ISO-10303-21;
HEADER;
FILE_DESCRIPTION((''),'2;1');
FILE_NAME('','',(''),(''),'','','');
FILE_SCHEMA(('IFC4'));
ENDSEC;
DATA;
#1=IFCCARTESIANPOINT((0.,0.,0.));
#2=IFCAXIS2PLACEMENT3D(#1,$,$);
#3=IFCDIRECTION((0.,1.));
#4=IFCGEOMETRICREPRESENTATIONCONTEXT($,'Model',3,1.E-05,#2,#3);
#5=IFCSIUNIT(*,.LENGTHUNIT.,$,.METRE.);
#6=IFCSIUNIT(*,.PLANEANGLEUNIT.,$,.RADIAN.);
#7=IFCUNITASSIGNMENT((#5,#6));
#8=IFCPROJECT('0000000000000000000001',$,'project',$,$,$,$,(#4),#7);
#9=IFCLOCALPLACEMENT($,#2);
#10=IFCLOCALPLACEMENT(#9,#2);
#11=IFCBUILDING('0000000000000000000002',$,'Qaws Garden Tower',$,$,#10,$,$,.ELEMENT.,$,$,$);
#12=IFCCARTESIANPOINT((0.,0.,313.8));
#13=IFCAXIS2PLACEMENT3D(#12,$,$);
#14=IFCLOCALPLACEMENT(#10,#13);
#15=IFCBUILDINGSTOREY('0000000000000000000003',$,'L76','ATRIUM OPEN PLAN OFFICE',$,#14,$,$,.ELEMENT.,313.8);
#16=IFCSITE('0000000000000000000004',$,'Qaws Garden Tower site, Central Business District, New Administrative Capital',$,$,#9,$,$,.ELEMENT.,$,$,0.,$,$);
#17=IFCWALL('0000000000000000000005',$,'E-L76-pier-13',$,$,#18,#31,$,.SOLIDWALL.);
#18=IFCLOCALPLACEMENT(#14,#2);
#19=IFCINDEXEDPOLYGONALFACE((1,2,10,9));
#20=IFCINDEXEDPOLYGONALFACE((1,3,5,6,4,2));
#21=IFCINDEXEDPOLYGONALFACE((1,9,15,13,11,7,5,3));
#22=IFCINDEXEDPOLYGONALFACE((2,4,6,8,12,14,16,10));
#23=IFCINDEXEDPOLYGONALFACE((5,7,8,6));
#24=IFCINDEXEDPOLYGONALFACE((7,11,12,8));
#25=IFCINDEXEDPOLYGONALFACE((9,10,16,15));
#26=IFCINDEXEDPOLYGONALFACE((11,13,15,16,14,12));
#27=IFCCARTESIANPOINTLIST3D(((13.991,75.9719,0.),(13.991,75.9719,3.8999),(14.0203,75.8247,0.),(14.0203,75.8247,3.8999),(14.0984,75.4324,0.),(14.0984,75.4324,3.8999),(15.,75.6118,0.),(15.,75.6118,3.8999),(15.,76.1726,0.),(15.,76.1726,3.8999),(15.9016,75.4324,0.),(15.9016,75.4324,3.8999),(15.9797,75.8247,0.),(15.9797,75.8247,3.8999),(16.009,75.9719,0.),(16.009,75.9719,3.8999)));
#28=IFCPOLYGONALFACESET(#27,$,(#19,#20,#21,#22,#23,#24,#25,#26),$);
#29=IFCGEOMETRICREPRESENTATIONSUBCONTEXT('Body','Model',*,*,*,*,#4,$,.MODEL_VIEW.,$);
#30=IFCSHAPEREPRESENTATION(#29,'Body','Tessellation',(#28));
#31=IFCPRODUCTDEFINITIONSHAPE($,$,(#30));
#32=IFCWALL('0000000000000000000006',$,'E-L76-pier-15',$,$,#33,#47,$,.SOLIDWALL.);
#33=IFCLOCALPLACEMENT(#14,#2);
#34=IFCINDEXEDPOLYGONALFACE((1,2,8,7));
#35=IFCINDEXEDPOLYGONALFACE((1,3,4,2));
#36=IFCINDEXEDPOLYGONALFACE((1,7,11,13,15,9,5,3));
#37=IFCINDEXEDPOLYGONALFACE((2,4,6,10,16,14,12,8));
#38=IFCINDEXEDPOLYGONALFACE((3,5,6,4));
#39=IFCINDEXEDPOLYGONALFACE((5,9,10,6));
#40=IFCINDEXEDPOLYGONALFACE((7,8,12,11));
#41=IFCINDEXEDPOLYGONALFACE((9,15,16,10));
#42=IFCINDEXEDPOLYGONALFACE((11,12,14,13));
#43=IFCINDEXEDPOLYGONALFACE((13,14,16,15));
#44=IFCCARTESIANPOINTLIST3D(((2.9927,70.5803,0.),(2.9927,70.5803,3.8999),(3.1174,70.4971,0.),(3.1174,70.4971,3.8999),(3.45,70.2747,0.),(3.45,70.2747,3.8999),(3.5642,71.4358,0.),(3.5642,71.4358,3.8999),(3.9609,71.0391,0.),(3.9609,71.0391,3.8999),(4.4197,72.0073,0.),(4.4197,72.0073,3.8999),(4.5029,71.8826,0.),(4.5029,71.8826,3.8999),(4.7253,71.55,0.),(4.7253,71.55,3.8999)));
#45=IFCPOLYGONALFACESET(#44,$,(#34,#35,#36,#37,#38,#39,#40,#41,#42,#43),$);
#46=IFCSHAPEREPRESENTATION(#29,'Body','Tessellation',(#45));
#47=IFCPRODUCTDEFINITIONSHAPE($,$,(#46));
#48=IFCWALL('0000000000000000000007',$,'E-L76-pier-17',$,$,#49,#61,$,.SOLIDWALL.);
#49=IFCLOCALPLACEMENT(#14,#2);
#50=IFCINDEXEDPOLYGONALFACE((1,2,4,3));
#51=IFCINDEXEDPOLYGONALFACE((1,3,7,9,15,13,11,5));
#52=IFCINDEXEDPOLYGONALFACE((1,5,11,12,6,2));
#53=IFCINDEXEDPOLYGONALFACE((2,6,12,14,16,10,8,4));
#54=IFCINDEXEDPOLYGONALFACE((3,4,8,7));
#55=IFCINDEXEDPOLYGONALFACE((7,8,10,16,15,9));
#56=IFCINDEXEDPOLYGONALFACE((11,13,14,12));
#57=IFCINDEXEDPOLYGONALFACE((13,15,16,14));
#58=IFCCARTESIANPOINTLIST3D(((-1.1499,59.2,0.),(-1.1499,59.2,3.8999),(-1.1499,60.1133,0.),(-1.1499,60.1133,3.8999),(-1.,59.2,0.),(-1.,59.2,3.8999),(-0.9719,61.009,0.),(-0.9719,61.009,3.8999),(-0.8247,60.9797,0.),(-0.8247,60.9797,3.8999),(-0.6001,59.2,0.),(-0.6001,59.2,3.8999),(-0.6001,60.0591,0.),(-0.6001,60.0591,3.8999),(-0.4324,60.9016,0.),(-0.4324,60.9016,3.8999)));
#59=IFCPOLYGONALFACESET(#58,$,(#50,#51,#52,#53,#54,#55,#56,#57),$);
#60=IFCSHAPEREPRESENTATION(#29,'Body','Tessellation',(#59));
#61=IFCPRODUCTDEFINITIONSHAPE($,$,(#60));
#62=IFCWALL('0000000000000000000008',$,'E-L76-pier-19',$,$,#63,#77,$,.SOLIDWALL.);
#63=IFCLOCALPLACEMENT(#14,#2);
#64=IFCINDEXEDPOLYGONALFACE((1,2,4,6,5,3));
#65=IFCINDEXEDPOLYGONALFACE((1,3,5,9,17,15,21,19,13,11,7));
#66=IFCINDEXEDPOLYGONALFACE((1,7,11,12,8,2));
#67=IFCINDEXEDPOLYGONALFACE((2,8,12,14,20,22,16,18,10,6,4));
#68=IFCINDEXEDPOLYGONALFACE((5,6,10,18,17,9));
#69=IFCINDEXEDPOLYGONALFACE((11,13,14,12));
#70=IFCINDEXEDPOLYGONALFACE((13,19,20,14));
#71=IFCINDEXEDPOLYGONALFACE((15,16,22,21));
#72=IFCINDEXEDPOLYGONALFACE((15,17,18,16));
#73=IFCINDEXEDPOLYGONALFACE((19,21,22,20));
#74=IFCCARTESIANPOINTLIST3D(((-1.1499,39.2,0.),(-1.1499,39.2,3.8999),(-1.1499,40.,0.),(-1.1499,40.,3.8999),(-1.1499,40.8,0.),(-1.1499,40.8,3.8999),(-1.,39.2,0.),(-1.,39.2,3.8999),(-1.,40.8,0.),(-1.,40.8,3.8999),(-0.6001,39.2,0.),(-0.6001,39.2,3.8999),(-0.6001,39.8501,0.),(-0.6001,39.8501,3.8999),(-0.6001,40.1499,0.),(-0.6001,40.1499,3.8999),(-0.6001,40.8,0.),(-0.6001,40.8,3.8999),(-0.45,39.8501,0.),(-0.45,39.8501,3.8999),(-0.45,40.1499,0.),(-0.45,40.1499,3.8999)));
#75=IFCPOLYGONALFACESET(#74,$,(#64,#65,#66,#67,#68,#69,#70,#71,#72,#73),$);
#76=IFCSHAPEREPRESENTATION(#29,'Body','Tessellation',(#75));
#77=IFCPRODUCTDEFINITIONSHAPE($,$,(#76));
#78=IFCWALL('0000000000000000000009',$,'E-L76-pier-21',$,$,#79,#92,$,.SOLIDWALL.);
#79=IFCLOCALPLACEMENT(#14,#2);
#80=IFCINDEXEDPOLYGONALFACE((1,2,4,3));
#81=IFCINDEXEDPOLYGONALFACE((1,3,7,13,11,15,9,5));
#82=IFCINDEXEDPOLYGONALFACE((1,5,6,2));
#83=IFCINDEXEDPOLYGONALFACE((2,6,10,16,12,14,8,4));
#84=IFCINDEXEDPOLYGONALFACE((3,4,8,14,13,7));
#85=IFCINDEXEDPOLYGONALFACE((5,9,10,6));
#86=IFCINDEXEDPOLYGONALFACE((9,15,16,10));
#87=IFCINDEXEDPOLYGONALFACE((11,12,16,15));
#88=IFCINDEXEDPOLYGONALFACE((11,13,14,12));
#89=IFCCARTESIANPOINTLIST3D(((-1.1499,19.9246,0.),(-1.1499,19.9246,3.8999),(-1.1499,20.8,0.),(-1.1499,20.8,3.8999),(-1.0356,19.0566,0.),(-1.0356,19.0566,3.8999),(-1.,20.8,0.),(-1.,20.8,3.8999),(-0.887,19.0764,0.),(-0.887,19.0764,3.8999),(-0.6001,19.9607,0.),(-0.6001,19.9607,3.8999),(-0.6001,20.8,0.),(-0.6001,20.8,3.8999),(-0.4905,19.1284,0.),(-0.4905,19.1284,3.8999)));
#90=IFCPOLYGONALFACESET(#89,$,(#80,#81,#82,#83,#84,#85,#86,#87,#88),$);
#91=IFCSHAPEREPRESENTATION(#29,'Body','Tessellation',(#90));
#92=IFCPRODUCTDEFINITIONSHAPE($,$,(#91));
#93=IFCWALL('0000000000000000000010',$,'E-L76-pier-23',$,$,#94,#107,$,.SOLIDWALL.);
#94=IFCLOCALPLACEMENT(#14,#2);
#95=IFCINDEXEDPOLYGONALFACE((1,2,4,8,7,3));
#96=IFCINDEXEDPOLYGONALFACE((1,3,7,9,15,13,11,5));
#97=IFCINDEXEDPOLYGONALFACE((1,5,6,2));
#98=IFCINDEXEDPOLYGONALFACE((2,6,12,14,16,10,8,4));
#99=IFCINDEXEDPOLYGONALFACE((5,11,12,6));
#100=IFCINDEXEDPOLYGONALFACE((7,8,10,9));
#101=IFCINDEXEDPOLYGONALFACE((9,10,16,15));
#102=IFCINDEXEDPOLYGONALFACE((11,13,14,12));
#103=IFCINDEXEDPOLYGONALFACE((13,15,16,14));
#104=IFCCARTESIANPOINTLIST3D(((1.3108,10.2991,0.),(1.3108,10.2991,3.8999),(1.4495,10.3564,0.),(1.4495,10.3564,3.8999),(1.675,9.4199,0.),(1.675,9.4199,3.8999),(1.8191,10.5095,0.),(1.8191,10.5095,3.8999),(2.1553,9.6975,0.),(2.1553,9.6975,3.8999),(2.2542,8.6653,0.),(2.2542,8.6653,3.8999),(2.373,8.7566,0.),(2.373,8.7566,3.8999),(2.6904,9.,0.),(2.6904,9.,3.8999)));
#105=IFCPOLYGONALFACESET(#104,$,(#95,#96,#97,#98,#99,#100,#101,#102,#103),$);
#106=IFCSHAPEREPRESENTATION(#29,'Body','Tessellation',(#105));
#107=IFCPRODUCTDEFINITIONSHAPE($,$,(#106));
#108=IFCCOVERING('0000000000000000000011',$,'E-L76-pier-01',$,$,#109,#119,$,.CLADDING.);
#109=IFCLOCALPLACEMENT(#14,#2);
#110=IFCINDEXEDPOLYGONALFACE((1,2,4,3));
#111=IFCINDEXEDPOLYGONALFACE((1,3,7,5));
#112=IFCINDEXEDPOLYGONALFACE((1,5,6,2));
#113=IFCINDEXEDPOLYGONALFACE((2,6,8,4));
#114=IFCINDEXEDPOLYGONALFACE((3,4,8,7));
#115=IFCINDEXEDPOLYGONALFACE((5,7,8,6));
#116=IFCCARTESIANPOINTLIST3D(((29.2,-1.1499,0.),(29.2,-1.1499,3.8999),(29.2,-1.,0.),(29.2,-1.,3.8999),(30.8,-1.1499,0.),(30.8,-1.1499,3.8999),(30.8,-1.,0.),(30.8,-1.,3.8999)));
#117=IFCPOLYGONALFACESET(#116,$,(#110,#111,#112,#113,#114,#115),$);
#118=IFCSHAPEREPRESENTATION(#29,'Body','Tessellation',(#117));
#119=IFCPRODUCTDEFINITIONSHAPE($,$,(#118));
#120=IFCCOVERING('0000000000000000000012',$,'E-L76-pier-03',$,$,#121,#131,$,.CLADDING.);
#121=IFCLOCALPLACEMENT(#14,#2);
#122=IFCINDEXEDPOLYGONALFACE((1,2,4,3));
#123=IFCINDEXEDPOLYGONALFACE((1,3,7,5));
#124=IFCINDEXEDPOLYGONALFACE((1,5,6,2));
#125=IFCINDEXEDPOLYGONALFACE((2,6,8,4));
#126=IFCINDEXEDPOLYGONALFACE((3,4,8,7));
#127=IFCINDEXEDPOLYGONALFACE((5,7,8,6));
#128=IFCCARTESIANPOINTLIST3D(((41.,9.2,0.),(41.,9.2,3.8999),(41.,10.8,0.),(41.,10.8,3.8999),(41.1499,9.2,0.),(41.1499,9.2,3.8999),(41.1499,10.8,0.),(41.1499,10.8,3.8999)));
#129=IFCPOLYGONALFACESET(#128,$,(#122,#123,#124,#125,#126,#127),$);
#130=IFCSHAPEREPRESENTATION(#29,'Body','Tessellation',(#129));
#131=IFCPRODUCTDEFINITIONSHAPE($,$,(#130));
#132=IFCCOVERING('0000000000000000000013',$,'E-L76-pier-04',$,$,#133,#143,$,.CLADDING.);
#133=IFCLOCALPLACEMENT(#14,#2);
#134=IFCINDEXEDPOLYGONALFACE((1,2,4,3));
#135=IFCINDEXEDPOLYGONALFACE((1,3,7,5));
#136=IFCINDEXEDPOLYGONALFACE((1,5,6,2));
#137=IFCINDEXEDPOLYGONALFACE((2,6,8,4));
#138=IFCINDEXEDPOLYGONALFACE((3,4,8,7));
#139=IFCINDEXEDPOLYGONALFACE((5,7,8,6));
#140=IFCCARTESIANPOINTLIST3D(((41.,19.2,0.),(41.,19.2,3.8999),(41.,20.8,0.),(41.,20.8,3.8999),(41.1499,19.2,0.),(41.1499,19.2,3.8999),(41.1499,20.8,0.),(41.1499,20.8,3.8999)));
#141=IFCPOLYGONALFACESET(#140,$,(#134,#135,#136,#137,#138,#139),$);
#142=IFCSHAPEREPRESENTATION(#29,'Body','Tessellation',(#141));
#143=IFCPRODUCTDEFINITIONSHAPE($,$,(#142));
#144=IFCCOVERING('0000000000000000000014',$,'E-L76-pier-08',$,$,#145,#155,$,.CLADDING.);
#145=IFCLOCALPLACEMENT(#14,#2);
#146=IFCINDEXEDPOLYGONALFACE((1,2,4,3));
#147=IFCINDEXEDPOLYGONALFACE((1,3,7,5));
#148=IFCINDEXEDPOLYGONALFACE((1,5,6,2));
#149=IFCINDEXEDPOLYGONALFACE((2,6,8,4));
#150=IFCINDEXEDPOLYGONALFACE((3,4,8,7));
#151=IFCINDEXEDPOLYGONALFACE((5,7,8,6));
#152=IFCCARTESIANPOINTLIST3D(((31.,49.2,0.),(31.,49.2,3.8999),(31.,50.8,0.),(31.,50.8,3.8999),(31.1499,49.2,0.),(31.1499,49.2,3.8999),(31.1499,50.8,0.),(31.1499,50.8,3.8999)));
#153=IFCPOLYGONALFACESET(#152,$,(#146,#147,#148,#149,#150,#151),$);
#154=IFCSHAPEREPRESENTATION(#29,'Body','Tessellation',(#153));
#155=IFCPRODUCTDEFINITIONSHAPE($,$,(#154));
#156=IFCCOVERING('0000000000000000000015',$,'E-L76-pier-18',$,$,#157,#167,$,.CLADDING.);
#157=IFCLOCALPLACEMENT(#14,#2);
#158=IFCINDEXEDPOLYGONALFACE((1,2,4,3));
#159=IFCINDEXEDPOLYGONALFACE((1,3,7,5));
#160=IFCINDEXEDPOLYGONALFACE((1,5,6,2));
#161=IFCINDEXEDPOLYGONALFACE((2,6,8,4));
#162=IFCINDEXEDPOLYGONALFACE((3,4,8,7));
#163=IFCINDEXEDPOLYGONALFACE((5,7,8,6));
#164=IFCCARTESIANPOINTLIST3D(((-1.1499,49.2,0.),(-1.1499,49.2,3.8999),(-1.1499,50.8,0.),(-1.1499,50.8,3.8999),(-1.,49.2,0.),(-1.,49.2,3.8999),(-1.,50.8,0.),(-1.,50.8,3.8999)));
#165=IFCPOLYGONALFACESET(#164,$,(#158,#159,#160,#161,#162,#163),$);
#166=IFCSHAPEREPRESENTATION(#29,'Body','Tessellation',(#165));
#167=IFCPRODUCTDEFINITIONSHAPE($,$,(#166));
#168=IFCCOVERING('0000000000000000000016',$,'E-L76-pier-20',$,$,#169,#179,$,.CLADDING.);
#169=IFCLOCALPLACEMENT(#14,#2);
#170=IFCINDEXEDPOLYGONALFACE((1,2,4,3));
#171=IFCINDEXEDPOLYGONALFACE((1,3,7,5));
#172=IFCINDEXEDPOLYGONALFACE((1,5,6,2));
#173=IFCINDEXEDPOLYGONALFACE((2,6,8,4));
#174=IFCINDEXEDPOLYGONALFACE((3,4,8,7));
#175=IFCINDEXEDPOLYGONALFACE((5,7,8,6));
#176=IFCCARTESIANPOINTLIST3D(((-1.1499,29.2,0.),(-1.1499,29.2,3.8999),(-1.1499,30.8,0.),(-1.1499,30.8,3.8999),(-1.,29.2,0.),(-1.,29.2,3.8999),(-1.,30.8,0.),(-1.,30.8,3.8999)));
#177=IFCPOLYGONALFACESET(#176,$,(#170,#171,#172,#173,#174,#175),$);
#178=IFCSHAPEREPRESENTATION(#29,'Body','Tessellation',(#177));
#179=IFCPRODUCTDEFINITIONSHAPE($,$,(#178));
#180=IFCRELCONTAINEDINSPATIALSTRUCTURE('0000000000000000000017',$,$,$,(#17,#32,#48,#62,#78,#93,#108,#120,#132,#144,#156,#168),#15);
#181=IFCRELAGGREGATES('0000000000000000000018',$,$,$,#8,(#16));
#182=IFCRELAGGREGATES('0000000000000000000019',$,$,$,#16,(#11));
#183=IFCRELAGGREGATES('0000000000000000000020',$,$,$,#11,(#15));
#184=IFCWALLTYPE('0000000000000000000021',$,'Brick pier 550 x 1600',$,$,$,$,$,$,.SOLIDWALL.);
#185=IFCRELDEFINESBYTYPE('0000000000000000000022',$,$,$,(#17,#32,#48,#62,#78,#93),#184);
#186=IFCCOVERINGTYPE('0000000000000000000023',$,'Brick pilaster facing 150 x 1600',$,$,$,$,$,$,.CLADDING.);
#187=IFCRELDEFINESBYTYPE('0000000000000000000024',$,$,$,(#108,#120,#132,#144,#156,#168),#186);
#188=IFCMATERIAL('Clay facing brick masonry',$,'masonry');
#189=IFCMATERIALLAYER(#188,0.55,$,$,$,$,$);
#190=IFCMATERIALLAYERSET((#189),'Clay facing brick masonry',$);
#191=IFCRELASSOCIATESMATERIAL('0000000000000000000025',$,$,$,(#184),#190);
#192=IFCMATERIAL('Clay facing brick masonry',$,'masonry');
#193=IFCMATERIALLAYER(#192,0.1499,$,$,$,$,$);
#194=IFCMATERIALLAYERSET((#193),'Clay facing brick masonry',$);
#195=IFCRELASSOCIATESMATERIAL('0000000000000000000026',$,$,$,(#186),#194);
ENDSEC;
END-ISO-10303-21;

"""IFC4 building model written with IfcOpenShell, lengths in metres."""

from ifc_helpers import new_model, si_unit, direction, frame, origin, place, context, subcontext, project, spatial, polyline, outline, extrude, material, layer, layer_set, type_object, element, save


model = new_model("IFC4")

# Units and contexts
model_context = context("Model", 3, precision=1e-05, world=origin(), true_north=direction((0.0, 1.0)))
body_context = subcontext(model_context, "Body", "Model", "MODEL_VIEW")
ifc_project = project(units=[si_unit("LENGTHUNIT", "METRE"), si_unit("PLANEANGLEUNIT", "RADIAN")], contexts=[model_context])

# Site, building, storey
site_placement = place(None, origin())
site = spatial("IfcSite", under=ifc_project, at=site_placement, Name="Qaws Garden Tower site, Central Business District, New Administrative Capital", CompositionType="ELEMENT", RefElevation=0.0)
building_placement = place(site_placement, origin())
building = spatial("IfcBuilding", under=site, at=building_placement, Name="Qaws Garden Tower", CompositionType="ELEMENT")
storey_placement = place(building_placement, frame((0.0, 0.0, 313.8)))
storey = spatial("IfcBuildingStorey", under=building, at=storey_placement, Name="L76", Description="ATRIUM OPEN PLAN OFFICE", CompositionType="ELEMENT", Elevation=313.8)

# Walls
placement_1 = place(storey_placement, origin())
ifc_material_1 = material(Name="Clay facing brick masonry", Category="masonry")
ifc_layer_1 = layer(ifc_material_1, 0.55)
ifc_layer_set_1 = layer_set([ifc_layer_1], Name="Clay facing brick masonry")
wall_type_1 = type_object("IfcWallType", Name="Brick pier 550 x 1600", PredefinedType="SOLIDWALL", material=ifc_layer_set_1)
element("IfcWall", 1, at=placement_1, inside=storey, type_object=wall_type_1, Name="E-L76-pier-13", PredefinedType="SOLIDWALL", context=body_context, shape_type="SweptSolid", body=[
    extrude(outline(polyline([(15.9797, 75.8247), (16.009, 75.9719), (15.0, 76.1726), (13.991, 75.9719), (14.0203, 75.8247), (14.0984, 75.4324), (15.0, 75.6118), (15.9016, 75.4324), (15.9797, 75.8247)])), origin(), (0.0, 0.0, 1.0), 3.8999),
])
element("IfcWall", 2, at=placement_1, inside=storey, type_object=wall_type_1, Name="E-L76-pier-15", PredefinedType="SOLIDWALL", context=body_context, shape_type="SweptSolid", body=[
    extrude(outline(polyline([(4.5029, 71.8826), (4.4197, 72.0073), (3.5642, 71.4358), (2.9927, 70.5803), (3.1174, 70.4971), (3.45, 70.2747), (3.9609, 71.0391), (4.7253, 71.55), (4.5029, 71.8826)])), origin(), (0.0, 0.0, 1.0), 3.8999),
])
element("IfcWall", 3, at=placement_1, inside=storey, type_object=wall_type_1, Name="E-L76-pier-17", PredefinedType="SOLIDWALL", context=body_context, shape_type="SweptSolid", body=[
    extrude(outline(polyline([(-0.8247, 60.9797), (-0.9719, 61.009), (-1.1499, 60.1133), (-1.1499, 59.2), (-1.0, 59.2), (-0.6001, 59.2), (-0.6001, 60.0591), (-0.4324, 60.9016), (-0.8247, 60.9797)])), origin(), (0.0, 0.0, 1.0), 3.8999),
])
element("IfcWall", 4, at=placement_1, inside=storey, type_object=wall_type_1, Name="E-L76-pier-19", PredefinedType="SOLIDWALL", context=body_context, shape_type="SweptSolid", body=[
    extrude(outline(polyline([(-0.6001, 39.2), (-0.6001, 39.8501), (-0.45, 39.8501), (-0.45, 40.1499), (-0.6001, 40.1499), (-0.6001, 40.8), (-1.0, 40.8), (-1.1499, 40.8), (-1.1499, 40.0), (-1.1499, 39.2), (-1.0, 39.2), (-0.6001, 39.2)])), origin(), (0.0, 0.0, 1.0), 3.8999),
])
element("IfcWall", 5, at=placement_1, inside=storey, type_object=wall_type_1, Name="E-L76-pier-21", PredefinedType="SOLIDWALL", context=body_context, shape_type="SweptSolid", body=[
    extrude(outline(polyline([(-1.0, 20.8), (-1.1499, 20.8), (-1.1499, 19.9246), (-1.0356, 19.0566), (-0.887, 19.0764), (-0.4905, 19.1284), (-0.6001, 19.9607), (-0.6001, 20.8), (-1.0, 20.8)])), origin(), (0.0, 0.0, 1.0), 3.8999),
])
element("IfcWall", 6, at=placement_1, inside=storey, type_object=wall_type_1, Name="E-L76-pier-23", PredefinedType="SOLIDWALL", context=body_context, shape_type="SweptSolid", body=[
    extrude(outline(polyline([(1.4495, 10.3564), (1.3108, 10.2991), (1.675, 9.4199), (2.2542, 8.6653), (2.373, 8.7566), (2.6904, 9.0), (2.1553, 9.6975), (1.8191, 10.5095), (1.4495, 10.3564)])), origin(), (0.0, 0.0, 1.0), 3.8999),
])

# Coverings
ifc_material_2 = material(Name="Clay facing brick masonry", Category="masonry")
ifc_layer_2 = layer(ifc_material_2, 0.1499)
ifc_layer_set_2 = layer_set([ifc_layer_2], Name="Clay facing brick masonry")
covering_type = type_object("IfcCoveringType", Name="Brick pilaster facing 150 x 1600", PredefinedType="CLADDING", material=ifc_layer_set_2)
element("IfcCovering", 7, at=placement_1, inside=storey, type_object=covering_type, Name="E-L76-pier-01", PredefinedType="CLADDING", context=body_context, shape_type="SweptSolid", body=[
    extrude(outline(polyline([(29.2, -1.0), (30.8, -1.0), (30.8, -1.1499), (29.2, -1.1499), (29.2, -1.0)])), origin(), (0.0, 0.0, 1.0), 3.8999),
])
element("IfcCovering", 8, at=placement_1, inside=storey, type_object=covering_type, Name="E-L76-pier-03", PredefinedType="CLADDING", context=body_context, shape_type="SweptSolid", body=[
    extrude(outline(polyline([(41.0, 9.2), (41.0, 10.8), (41.1499, 10.8), (41.1499, 9.2), (41.0, 9.2)])), origin(), (0.0, 0.0, 1.0), 3.8999),
])
element("IfcCovering", 9, at=placement_1, inside=storey, type_object=covering_type, Name="E-L76-pier-04", PredefinedType="CLADDING", context=body_context, shape_type="SweptSolid", body=[
    extrude(outline(polyline([(41.0, 19.2), (41.0, 20.8), (41.1499, 20.8), (41.1499, 19.2), (41.0, 19.2)])), origin(), (0.0, 0.0, 1.0), 3.8999),
])
element("IfcCovering", 10, at=placement_1, inside=storey, type_object=covering_type, Name="E-L76-pier-08", PredefinedType="CLADDING", context=body_context, shape_type="SweptSolid", body=[
    extrude(outline(polyline([(31.0, 49.2), (31.0, 50.8), (31.1499, 50.8), (31.1499, 49.2), (31.0, 49.2)])), origin(), (0.0, 0.0, 1.0), 3.8999),
])
element("IfcCovering", 11, at=placement_1, inside=storey, type_object=covering_type, Name="E-L76-pier-18", PredefinedType="CLADDING", context=body_context, shape_type="SweptSolid", body=[
    extrude(outline(polyline([(-1.0, 50.8), (-1.0, 49.2), (-1.1499, 49.2), (-1.1499, 50.8), (-1.0, 50.8)])), origin(), (0.0, 0.0, 1.0), 3.8999),
])
element("IfcCovering", 12, at=placement_1, inside=storey, type_object=covering_type, Name="E-L76-pier-20", PredefinedType="CLADDING", context=body_context, shape_type="SweptSolid", body=[
    extrude(outline(polyline([(-1.0, 30.8), (-1.0, 29.2), (-1.1499, 29.2), (-1.1499, 30.8), (-1.0, 30.8)])), origin(), (0.0, 0.0, 1.0), 3.8999),
])

save(model, "model.ifc")
